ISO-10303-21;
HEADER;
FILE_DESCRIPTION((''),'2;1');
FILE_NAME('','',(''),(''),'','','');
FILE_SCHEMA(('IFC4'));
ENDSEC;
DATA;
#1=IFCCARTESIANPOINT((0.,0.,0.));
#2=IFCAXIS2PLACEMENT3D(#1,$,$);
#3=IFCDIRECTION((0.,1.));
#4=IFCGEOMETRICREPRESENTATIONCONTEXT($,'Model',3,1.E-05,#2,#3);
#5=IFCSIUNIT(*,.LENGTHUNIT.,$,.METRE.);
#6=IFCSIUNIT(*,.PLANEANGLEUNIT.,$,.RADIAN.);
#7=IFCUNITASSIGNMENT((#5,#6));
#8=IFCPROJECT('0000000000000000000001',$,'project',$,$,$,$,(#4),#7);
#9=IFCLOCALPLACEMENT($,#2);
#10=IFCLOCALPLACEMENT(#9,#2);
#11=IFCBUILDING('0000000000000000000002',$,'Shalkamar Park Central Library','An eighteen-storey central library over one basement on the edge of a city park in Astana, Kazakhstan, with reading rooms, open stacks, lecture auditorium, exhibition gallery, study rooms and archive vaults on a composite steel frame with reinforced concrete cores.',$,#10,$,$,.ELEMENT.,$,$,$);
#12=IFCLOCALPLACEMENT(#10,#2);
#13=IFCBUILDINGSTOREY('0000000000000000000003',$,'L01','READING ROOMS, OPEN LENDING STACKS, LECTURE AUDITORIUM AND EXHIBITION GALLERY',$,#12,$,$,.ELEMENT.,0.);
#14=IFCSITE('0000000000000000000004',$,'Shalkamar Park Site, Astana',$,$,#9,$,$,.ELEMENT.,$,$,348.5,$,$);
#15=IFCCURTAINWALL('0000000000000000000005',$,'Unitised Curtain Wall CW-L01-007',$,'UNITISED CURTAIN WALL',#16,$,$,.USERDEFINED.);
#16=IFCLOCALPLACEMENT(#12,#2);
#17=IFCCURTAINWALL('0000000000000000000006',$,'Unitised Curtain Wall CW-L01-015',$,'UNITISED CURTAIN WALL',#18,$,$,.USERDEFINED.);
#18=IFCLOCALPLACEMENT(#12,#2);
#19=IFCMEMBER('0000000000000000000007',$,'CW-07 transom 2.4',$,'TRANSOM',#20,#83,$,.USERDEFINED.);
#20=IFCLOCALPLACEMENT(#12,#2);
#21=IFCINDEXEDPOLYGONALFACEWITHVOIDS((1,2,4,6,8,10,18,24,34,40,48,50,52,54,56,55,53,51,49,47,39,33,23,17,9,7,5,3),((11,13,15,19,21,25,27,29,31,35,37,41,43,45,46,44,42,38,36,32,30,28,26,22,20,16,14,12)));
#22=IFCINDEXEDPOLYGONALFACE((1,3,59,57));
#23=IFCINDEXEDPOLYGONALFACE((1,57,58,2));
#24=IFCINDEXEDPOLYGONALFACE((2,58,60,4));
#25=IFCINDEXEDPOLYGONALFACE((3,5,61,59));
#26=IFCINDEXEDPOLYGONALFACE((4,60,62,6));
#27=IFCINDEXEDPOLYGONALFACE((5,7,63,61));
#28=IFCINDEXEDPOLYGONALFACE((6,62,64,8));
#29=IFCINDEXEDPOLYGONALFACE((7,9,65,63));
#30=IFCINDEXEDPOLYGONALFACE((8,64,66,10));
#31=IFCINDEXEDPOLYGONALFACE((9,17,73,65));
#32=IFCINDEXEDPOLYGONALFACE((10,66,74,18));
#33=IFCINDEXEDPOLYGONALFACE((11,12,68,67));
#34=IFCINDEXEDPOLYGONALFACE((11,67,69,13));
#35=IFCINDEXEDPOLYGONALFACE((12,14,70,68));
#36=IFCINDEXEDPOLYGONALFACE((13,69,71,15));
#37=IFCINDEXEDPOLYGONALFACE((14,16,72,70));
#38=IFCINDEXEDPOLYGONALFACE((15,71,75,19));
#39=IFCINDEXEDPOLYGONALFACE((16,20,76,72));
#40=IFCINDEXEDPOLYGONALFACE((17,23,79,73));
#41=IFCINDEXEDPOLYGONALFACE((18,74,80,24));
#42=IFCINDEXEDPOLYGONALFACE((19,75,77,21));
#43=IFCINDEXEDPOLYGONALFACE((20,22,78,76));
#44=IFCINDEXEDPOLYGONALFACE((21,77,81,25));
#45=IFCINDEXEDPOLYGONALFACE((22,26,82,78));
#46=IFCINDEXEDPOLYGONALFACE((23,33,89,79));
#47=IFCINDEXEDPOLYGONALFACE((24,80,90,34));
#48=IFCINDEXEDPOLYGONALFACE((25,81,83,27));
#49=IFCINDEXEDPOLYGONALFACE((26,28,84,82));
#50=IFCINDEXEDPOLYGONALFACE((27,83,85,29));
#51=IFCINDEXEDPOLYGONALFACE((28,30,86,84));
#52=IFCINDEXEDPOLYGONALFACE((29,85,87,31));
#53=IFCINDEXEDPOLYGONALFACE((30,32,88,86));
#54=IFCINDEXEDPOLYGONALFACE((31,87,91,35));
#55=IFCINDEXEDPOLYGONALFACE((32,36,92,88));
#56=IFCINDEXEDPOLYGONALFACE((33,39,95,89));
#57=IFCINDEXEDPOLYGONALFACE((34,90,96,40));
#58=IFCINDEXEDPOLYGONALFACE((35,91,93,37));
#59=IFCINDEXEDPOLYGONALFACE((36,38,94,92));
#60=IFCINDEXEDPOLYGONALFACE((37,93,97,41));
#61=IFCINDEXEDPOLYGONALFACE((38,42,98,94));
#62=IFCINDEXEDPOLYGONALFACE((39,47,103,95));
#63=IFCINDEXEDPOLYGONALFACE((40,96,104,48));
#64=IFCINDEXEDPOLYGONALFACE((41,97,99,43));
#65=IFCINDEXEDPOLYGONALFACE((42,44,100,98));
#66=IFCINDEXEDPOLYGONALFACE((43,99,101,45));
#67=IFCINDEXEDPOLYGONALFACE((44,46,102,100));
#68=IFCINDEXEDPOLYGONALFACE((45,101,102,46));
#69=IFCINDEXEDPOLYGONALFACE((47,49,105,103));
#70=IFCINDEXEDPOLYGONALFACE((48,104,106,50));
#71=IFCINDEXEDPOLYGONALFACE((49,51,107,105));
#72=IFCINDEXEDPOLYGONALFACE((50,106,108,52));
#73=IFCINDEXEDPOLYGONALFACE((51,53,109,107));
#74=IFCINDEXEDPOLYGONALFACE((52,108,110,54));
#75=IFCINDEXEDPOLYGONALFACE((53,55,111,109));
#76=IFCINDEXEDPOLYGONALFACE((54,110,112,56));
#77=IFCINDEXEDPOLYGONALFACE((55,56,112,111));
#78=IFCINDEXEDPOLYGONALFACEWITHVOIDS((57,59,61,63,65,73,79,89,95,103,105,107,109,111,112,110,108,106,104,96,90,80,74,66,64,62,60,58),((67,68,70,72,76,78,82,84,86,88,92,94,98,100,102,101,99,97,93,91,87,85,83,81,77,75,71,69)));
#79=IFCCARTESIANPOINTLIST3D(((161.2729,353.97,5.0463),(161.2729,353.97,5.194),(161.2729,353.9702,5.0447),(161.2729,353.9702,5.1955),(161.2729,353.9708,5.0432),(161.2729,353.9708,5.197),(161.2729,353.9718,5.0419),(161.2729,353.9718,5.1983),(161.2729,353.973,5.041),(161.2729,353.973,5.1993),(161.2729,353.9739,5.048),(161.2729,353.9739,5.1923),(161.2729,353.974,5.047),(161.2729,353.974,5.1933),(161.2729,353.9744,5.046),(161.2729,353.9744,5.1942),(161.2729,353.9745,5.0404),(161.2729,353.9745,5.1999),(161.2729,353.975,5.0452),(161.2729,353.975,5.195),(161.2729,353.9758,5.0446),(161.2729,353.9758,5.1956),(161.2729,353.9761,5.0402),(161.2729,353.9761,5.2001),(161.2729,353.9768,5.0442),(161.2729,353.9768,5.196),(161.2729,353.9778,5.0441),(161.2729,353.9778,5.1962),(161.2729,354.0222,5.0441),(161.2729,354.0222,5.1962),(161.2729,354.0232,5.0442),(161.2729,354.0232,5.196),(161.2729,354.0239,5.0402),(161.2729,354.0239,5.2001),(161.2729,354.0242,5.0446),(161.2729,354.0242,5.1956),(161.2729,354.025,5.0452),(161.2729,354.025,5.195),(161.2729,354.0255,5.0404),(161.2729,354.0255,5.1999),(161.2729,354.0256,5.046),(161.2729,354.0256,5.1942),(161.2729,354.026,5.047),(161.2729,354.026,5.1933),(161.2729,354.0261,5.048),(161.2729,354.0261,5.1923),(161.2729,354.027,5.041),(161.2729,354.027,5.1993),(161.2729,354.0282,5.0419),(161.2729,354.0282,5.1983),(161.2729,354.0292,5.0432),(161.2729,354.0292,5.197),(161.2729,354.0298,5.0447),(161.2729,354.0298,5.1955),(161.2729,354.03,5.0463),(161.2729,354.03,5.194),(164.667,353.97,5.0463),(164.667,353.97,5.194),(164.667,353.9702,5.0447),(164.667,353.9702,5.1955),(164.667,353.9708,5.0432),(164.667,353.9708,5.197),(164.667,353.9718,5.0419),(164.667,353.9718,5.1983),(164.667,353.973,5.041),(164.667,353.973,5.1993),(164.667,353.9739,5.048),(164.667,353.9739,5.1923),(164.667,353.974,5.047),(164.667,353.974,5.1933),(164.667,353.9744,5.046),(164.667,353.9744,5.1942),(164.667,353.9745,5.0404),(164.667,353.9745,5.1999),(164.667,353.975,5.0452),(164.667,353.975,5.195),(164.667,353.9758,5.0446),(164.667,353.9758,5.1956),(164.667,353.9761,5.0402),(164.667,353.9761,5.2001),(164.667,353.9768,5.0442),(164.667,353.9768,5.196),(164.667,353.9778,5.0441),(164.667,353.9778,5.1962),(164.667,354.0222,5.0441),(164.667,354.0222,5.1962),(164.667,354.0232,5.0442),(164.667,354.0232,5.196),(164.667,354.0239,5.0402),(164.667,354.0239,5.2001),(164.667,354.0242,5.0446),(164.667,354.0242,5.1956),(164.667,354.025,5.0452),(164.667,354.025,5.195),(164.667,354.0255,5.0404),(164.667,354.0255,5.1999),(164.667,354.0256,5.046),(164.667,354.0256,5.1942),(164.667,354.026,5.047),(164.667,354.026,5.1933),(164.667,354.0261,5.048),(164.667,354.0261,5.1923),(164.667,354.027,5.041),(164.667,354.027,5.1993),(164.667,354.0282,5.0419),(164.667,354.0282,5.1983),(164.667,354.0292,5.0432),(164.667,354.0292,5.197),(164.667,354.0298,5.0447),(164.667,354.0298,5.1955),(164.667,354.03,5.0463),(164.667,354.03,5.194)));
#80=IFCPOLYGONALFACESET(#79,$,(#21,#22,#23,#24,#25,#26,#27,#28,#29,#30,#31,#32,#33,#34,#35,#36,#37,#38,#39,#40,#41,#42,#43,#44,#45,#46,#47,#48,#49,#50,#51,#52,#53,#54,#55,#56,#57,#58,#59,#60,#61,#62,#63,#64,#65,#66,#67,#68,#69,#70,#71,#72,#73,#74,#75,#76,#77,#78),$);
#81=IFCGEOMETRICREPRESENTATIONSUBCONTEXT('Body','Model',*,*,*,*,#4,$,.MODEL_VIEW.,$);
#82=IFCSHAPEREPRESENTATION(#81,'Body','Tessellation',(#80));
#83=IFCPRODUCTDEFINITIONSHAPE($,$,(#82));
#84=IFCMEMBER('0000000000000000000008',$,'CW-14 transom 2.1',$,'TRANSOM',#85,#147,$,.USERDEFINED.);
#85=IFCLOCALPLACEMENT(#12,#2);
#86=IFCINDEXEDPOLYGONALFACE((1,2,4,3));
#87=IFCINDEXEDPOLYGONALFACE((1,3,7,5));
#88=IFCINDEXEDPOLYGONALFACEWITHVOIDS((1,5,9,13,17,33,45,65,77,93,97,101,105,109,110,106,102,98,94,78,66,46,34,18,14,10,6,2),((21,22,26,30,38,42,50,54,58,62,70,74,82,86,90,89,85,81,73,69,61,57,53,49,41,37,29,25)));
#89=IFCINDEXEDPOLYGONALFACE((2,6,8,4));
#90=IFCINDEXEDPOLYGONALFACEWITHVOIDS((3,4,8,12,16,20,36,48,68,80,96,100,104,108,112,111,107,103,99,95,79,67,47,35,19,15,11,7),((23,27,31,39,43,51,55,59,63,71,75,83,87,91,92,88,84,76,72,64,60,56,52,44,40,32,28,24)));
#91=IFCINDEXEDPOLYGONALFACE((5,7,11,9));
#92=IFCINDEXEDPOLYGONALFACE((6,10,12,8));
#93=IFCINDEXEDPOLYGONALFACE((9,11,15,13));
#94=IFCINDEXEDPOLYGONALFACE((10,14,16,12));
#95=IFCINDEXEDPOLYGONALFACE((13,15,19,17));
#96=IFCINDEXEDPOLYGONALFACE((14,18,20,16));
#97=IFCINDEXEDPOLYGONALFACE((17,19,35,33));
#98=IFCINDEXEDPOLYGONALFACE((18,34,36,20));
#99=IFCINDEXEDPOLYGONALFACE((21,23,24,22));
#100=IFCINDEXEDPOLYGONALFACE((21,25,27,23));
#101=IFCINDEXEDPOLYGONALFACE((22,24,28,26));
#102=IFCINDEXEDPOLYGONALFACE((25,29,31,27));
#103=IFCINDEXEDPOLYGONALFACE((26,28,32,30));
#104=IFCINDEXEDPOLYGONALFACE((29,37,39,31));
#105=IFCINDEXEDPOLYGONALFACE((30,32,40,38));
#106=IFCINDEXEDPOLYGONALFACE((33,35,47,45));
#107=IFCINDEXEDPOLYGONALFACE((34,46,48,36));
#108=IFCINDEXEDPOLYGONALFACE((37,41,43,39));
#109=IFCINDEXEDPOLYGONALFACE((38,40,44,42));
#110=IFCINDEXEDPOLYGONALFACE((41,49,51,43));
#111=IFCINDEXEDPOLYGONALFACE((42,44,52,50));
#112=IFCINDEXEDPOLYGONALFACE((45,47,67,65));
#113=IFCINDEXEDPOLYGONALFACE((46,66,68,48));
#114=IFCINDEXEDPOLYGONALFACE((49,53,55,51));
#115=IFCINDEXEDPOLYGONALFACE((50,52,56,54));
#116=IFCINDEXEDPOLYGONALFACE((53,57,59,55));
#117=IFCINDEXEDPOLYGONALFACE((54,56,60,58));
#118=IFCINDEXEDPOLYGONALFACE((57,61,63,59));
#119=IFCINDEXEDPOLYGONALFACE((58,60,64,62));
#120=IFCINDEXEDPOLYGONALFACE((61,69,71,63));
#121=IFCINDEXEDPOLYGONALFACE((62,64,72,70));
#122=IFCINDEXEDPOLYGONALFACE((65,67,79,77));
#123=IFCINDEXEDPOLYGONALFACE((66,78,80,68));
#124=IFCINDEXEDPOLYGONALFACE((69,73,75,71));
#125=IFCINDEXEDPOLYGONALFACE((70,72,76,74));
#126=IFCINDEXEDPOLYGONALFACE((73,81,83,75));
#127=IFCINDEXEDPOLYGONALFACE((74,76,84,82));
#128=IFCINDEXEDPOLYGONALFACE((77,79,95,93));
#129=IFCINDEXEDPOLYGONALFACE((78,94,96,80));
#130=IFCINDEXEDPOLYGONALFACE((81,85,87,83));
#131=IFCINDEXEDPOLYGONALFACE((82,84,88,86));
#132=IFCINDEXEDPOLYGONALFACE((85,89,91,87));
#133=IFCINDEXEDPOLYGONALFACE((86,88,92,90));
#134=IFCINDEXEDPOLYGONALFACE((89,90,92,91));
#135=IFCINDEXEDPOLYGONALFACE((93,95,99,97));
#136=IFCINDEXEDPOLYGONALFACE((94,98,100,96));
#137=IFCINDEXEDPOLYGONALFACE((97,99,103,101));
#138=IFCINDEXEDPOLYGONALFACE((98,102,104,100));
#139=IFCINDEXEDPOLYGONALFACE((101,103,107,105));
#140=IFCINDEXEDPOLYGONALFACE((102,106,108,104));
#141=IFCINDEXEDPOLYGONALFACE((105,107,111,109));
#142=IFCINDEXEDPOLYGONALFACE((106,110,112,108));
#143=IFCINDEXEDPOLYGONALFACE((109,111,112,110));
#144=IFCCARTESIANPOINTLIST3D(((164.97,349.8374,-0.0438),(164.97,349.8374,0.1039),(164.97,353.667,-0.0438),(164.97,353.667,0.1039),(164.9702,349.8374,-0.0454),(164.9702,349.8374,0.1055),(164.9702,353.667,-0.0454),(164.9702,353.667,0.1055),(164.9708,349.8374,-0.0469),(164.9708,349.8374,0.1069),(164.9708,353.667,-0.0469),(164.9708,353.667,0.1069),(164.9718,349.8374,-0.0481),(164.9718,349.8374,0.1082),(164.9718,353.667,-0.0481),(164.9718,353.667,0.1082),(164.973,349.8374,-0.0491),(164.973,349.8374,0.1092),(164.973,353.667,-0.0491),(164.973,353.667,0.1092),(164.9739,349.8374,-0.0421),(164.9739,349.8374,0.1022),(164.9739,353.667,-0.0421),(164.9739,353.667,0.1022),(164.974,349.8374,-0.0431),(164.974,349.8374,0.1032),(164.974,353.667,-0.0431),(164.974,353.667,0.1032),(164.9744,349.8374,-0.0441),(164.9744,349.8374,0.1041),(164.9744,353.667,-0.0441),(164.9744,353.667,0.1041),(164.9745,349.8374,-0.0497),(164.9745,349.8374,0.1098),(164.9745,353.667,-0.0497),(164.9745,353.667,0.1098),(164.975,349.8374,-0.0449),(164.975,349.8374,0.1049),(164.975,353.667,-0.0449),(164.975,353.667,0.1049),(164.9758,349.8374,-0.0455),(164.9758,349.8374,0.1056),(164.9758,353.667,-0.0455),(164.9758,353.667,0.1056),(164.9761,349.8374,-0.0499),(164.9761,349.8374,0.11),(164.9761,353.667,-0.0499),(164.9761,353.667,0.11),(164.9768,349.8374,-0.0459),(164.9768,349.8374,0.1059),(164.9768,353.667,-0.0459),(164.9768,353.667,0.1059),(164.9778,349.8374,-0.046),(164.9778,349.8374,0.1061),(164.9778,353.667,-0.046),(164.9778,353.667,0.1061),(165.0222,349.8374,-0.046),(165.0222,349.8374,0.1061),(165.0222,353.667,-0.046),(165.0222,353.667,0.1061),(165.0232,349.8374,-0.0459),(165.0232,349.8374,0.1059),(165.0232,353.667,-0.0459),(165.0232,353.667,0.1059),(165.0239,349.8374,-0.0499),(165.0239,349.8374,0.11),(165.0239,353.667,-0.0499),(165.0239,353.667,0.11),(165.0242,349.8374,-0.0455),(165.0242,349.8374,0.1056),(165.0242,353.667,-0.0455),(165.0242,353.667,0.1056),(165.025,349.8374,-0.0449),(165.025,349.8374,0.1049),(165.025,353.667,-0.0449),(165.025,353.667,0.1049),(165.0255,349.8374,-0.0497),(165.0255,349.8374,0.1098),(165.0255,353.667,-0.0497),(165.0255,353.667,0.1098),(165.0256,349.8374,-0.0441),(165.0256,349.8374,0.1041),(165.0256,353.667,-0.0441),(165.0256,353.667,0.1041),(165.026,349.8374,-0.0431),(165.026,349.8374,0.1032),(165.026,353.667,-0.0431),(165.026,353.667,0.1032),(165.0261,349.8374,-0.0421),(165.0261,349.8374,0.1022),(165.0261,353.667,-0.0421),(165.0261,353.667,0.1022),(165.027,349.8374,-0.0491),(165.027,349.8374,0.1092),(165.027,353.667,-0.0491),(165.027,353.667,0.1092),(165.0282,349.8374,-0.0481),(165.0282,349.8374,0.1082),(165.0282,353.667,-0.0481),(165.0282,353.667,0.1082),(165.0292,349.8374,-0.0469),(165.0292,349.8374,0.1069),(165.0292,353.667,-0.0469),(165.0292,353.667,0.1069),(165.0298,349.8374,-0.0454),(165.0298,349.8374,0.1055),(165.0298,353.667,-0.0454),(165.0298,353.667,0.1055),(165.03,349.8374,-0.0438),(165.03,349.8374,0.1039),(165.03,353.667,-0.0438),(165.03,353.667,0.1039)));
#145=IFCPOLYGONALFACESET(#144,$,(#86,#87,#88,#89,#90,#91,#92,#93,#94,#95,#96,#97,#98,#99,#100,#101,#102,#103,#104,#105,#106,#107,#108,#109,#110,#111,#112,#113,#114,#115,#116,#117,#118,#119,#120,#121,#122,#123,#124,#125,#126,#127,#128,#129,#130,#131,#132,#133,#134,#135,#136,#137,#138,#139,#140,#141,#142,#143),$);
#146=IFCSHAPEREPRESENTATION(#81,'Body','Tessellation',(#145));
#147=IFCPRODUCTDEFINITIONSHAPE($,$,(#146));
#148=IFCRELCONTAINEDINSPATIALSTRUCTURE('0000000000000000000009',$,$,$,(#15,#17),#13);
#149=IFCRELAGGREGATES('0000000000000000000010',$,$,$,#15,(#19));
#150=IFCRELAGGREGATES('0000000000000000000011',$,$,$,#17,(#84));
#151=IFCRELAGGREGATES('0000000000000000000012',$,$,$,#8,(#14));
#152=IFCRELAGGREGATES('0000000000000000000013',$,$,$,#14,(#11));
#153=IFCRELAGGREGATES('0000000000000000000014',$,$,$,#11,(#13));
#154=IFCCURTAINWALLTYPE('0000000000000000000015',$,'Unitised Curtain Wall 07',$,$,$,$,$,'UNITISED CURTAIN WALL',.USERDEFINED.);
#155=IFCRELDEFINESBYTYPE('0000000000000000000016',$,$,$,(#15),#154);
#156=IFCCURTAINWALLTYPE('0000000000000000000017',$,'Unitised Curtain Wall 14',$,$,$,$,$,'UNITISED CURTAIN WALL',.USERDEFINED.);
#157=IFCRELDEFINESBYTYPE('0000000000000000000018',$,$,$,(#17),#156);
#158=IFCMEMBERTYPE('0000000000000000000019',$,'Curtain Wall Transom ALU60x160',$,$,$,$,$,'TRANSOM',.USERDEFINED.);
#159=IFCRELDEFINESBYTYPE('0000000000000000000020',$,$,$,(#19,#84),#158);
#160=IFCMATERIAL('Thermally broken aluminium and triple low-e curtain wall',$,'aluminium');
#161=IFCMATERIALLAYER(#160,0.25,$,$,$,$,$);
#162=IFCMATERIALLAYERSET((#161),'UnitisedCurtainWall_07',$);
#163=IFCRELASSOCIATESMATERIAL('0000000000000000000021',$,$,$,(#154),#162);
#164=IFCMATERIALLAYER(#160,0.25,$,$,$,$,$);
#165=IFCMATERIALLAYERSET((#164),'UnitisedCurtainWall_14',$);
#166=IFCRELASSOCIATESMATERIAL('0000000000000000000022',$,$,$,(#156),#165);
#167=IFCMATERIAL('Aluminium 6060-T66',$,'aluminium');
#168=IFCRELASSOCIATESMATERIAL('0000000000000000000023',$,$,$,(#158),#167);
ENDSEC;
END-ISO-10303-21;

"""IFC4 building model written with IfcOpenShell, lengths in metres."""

from ifc_helpers import new_model, si_unit, direction, frame, origin, origin_2d, place, context, subcontext, project, spatial, hollow_rectangle, extrude, material, layer, layer_set, material_profile, profile_set, type_object, element, aggregate, save


model = new_model("IFC4")

# Units and contexts
model_context = context("Model", 3, precision=1e-05, world=origin(), true_north=direction((0.0, 1.0)))
body_context = subcontext(model_context, "Body", "Model", "MODEL_VIEW")
ifc_project = project(units=[si_unit("LENGTHUNIT", "METRE"), si_unit("PLANEANGLEUNIT", "RADIAN")], contexts=[model_context])

# Site, building, storey
site_placement = place(None, origin())
site = spatial("IfcSite", under=ifc_project, at=site_placement, Name="Shalkamar Park Site, Astana", CompositionType="ELEMENT", RefElevation=348.5)
building_placement = place(site_placement, origin())
building = spatial("IfcBuilding", under=site, at=building_placement, Name="Shalkamar Park Central Library", Description="An eighteen-storey central library over one basement on the edge of a city park in Astana, Kazakhstan, with reading rooms, open stacks, lecture auditorium, exhibition gallery, study rooms and archive vaults on a composite steel frame with reinforced concrete cores.", CompositionType="ELEMENT")
storey_placement = place(building_placement, origin())
storey = spatial("IfcBuildingStorey", under=building, at=storey_placement, Name="L01", Description="READING ROOMS, OPEN LENDING STACKS, LECTURE AUDITORIUM AND EXHIBITION GALLERY", CompositionType="ELEMENT", Elevation=0.0)

# Curtain walls
ifc_material_1 = material(Name="Thermally broken aluminium and triple low-e curtain wall", Category="aluminium")
ifc_layer_1 = layer(ifc_material_1, 0.25)
ifc_layer_set_1 = layer_set([ifc_layer_1], Name="UnitisedCurtainWall_07")
curtain_wall_type_1 = type_object("IfcCurtainWallType", Name="Unitised Curtain Wall 07", ElementType="UNITISED CURTAIN WALL", PredefinedType="USERDEFINED", material=ifc_layer_set_1)
curtain_wall_1_placement = place(storey_placement, origin())
curtain_wall_1 = element("IfcCurtainWall", 1, at=curtain_wall_1_placement, inside=storey, type_object=curtain_wall_type_1, Name="Unitised Curtain Wall CW-L01-007", ObjectType="UNITISED CURTAIN WALL", PredefinedType="USERDEFINED")
ifc_material_2 = material(Name="Aluminium 6060-T66", Category="aluminium")
ifc_layer_2 = layer(ifc_material_1, 0.25)
ifc_layer_set_2 = layer_set([ifc_layer_2], Name="UnitisedCurtainWall_14")
curtain_wall_type_2 = type_object("IfcCurtainWallType", Name="Unitised Curtain Wall 14", ElementType="UNITISED CURTAIN WALL", PredefinedType="USERDEFINED", material=ifc_layer_set_2)
curtain_wall_2_placement = place(storey_placement, origin())
curtain_wall_2 = element("IfcCurtainWall", 2, at=curtain_wall_2_placement, inside=storey, type_object=curtain_wall_type_2, Name="Unitised Curtain Wall CW-L01-015", ObjectType="UNITISED CURTAIN WALL", PredefinedType="USERDEFINED")

# Members
ifc_material_profile_1 = material_profile(ifc_material_2, hollow_rectangle(XDim=0.0601, YDim=0.1599, WallThickness=0.0039, InnerFilletRadius=0.0039, OuterFilletRadius=0.0061, at=origin_2d()), Name="ALU 60x160x4")
ifc_profile_set_1 = profile_set([ifc_material_profile_1], Name="Aluminium 6060-T66")
member_type_1 = type_object("IfcMemberType", Name="Curtain Wall Transom ALU60x160", ElementType="TRANSOM", PredefinedType="USERDEFINED", material=ifc_profile_set_1)
member_1_placement = place(storey_placement, frame((161.2729, 354.0, 5.1201), z_axis=(1.0, 0.0, 0.0), x_axis=(0.0, 1.0, 0.0)))
member_1 = element("IfcMember", 3, at=member_1_placement, type_object=member_type_1, Name="CW-07 transom 2.4", ObjectType="TRANSOM", PredefinedType="USERDEFINED", context=body_context, shape_type="SweptSolid", body=[
    extrude(hollow_rectangle(XDim=0.0601, YDim=0.1599, WallThickness=0.0039, InnerFilletRadius=0.0039, OuterFilletRadius=0.0061, at=origin_2d()), origin(), (0.0, 0.0, 1.0), 3.394),
])
member_2_placement = place(storey_placement, frame((165.0, 349.8374, 0.03), z_axis=(0.0, 1.0, 0.0), x_axis=(-1.0, 0.0, 0.0)))
member_2 = element("IfcMember", 4, at=member_2_placement, type_object=member_type_1, Name="CW-14 transom 2.1", ObjectType="TRANSOM", PredefinedType="USERDEFINED", context=body_context, shape_type="SweptSolid", body=[
    extrude(hollow_rectangle(XDim=0.0601, YDim=0.1599, WallThickness=0.0039, InnerFilletRadius=0.0039, OuterFilletRadius=0.0061, at=origin_2d()), origin(), (0.0, 0.0, 1.0), 3.8296),
])

aggregate(curtain_wall_1, [member_1])
aggregate(curtain_wall_2, [member_2])

save(model, "model.ifc")
